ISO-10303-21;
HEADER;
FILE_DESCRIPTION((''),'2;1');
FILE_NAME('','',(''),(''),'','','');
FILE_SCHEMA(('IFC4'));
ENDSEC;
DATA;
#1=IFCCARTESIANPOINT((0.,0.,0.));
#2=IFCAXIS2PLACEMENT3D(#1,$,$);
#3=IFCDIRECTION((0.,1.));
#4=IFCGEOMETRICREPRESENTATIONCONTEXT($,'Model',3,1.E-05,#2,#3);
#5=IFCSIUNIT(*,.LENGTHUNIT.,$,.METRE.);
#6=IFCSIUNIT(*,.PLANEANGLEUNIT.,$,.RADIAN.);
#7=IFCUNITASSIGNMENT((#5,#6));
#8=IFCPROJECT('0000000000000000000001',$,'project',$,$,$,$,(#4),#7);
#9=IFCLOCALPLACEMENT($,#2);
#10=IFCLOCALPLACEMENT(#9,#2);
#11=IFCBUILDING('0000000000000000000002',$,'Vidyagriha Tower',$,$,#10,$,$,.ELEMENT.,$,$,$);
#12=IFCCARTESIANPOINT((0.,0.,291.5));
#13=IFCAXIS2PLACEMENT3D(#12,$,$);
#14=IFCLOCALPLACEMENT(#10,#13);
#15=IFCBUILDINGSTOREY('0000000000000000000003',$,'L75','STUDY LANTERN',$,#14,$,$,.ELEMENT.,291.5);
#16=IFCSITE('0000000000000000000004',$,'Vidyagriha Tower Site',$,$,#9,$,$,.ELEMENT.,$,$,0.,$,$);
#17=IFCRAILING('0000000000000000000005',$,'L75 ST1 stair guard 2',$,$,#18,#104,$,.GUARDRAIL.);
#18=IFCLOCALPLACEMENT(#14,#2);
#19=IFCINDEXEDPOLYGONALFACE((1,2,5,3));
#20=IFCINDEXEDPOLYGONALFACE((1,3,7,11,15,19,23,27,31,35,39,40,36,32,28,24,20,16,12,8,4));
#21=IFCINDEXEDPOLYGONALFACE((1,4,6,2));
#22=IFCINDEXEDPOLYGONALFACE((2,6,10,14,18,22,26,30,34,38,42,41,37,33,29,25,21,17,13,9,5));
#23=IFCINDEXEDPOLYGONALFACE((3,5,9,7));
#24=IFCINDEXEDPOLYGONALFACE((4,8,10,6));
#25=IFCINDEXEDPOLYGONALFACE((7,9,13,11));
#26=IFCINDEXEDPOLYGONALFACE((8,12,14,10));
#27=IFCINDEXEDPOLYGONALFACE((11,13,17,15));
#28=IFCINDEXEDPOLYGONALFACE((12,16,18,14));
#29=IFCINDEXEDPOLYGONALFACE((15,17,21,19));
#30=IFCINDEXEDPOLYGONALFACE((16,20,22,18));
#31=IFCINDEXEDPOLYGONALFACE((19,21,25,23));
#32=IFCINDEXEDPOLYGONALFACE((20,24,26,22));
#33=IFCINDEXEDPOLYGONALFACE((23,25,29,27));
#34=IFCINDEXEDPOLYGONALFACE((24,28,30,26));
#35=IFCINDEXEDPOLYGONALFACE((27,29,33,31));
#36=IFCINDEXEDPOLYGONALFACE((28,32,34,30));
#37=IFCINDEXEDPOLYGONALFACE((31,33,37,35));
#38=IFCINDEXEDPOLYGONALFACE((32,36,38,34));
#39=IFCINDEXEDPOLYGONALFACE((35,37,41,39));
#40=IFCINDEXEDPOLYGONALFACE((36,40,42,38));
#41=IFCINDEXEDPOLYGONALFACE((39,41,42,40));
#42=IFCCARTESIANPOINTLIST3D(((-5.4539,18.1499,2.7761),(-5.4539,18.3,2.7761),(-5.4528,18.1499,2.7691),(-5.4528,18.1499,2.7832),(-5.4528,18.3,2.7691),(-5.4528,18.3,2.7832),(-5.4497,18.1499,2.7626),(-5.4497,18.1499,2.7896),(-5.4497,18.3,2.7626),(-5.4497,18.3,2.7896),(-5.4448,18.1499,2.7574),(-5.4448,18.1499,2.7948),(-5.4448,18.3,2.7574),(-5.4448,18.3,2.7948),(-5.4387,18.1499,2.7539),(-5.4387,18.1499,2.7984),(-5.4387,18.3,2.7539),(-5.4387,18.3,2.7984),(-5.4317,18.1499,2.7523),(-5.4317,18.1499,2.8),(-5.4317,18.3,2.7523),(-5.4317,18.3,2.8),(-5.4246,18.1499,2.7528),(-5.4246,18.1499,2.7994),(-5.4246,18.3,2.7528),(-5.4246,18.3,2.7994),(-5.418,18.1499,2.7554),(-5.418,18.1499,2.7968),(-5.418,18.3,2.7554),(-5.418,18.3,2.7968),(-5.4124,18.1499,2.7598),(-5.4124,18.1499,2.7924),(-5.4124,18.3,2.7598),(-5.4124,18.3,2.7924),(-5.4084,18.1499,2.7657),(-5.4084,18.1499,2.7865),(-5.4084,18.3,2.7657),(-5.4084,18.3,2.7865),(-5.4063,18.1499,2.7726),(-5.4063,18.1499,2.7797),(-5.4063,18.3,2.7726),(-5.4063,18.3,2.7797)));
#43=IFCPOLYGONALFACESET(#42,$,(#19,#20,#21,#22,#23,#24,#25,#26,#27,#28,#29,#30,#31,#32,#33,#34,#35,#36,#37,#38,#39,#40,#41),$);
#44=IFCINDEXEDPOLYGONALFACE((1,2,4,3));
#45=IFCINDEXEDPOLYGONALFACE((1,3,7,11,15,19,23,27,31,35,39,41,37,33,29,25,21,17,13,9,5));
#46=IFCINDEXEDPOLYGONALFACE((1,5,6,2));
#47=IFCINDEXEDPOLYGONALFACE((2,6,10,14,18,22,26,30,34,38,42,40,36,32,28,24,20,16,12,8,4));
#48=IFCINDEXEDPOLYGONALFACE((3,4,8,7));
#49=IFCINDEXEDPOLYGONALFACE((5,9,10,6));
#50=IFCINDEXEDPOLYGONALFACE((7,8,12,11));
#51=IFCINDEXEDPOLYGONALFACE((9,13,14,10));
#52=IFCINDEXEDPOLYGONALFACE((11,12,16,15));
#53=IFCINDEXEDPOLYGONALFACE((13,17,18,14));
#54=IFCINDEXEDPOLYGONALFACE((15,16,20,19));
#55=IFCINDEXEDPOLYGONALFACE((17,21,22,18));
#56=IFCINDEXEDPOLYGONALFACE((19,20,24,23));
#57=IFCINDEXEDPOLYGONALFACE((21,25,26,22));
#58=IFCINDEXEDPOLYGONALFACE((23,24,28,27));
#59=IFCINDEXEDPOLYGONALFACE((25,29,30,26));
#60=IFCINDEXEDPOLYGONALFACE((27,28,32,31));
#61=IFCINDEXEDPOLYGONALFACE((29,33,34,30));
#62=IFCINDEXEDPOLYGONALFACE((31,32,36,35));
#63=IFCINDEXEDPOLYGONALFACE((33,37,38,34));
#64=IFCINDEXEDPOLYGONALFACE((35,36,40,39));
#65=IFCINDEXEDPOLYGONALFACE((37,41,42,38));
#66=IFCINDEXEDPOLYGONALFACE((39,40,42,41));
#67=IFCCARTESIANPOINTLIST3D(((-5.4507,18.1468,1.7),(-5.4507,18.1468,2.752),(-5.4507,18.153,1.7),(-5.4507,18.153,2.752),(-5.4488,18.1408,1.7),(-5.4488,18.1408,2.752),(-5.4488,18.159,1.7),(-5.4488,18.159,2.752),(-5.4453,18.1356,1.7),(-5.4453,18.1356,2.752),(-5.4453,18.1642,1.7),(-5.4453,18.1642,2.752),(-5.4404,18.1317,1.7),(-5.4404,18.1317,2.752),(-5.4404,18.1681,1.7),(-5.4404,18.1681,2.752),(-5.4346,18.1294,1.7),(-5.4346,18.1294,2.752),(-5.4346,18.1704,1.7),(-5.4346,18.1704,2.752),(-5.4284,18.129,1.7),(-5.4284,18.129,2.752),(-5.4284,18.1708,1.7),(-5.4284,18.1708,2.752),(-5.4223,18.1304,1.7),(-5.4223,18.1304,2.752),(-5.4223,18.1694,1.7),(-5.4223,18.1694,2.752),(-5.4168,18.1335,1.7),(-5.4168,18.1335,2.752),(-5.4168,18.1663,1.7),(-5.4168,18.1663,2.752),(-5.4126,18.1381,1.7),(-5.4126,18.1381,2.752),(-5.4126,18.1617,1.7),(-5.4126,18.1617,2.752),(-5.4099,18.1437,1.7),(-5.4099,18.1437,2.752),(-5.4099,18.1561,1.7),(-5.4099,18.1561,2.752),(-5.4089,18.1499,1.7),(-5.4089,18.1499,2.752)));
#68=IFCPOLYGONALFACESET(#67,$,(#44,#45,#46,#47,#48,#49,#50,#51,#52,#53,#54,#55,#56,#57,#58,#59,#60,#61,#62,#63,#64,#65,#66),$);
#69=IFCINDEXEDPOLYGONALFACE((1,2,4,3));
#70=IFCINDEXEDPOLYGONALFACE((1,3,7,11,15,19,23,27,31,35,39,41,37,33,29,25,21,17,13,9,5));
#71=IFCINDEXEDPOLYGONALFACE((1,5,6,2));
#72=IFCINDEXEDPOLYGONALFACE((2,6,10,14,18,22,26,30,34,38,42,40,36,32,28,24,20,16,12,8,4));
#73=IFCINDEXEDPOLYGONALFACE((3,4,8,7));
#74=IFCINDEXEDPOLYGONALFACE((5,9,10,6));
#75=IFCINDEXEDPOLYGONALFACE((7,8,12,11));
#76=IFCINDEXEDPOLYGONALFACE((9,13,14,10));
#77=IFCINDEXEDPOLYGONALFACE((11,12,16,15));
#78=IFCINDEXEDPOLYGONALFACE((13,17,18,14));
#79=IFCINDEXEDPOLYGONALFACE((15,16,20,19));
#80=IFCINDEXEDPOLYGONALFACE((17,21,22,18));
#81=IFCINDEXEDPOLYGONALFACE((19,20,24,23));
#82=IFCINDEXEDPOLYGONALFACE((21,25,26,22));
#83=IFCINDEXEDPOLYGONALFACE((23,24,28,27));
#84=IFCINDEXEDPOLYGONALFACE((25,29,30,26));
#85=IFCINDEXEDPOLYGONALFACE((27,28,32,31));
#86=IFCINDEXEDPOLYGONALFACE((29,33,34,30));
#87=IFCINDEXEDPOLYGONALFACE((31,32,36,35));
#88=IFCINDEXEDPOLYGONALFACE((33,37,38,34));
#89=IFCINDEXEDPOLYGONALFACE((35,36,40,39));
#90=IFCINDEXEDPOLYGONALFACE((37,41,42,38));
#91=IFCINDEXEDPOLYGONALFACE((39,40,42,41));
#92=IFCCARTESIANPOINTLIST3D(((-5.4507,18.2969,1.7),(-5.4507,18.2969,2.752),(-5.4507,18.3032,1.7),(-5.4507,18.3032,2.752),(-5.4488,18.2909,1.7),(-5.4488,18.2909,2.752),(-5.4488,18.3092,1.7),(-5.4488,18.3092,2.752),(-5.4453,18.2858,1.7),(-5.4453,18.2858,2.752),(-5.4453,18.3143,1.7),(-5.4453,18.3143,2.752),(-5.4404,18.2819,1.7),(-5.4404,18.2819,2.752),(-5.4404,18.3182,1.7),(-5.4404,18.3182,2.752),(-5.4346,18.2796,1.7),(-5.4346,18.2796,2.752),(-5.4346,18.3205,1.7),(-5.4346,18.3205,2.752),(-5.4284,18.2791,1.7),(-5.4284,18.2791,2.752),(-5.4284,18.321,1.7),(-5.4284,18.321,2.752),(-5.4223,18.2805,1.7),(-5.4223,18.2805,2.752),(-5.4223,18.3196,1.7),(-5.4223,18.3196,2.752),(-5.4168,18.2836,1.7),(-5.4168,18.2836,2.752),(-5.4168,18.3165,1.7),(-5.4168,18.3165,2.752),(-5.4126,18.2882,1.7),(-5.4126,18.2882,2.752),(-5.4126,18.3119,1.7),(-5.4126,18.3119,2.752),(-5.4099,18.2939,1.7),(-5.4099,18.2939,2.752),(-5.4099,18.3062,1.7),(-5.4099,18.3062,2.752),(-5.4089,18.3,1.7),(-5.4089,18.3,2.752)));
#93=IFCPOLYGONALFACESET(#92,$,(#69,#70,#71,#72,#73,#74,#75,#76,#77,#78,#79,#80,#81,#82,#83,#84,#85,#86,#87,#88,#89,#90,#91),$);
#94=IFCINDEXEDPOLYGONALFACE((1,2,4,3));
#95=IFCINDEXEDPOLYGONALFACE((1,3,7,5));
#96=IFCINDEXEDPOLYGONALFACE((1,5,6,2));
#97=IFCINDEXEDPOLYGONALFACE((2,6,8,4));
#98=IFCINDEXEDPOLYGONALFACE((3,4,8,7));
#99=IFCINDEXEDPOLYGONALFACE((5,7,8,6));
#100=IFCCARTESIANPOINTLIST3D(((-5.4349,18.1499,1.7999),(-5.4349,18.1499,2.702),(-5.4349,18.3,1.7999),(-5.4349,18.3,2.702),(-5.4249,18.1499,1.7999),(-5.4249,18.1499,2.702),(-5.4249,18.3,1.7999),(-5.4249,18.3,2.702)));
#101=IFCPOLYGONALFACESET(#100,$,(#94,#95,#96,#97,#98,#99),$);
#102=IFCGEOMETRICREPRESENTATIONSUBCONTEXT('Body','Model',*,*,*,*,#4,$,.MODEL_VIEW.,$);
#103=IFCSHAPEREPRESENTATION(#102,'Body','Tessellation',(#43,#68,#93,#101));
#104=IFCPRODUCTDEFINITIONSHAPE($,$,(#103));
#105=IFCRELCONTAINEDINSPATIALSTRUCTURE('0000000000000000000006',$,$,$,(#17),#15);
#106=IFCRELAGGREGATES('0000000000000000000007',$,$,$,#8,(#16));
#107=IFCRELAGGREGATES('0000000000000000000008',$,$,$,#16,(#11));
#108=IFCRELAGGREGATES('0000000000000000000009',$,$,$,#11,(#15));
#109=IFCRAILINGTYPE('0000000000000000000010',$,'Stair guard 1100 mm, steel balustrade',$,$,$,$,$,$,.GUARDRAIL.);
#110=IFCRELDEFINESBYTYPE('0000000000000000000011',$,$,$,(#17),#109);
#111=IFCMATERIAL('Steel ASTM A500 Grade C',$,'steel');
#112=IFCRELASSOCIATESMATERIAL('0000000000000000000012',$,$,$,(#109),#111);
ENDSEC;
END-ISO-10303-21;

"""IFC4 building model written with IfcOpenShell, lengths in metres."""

from ifc_helpers import new_model, si_unit, direction, frame, origin, origin_2d, place, context, subcontext, project, spatial, rectangle, circle, extrude, material, type_object, element, save


model = new_model("IFC4")

# Units and contexts
model_context = context("Model", 3, precision=1e-05, world=origin(), true_north=direction((0.0, 1.0)))
body_context = subcontext(model_context, "Body", "Model", "MODEL_VIEW")
ifc_project = project(units=[si_unit("LENGTHUNIT", "METRE"), si_unit("PLANEANGLEUNIT", "RADIAN")], contexts=[model_context])

# Site, building, storey
site_placement = place(None, origin())
site = spatial("IfcSite", under=ifc_project, at=site_placement, Name="Vidyagriha Tower Site", CompositionType="ELEMENT", RefElevation=0.0)
building_placement = place(site_placement, origin())
building = spatial("IfcBuilding", under=site, at=building_placement, Name="Vidyagriha Tower", CompositionType="ELEMENT")
storey_placement = place(building_placement, frame((0.0, 0.0, 291.5)))
storey = spatial("IfcBuildingStorey", under=building, at=storey_placement, Name="L75", Description="STUDY LANTERN", CompositionType="ELEMENT", Elevation=291.5)

# Railing
ifc_material_1 = material(Name="Steel ASTM A500 Grade C", Category="steel")
railing_type_1 = type_object("IfcRailingType", Name="Stair guard 1100 mm, steel balustrade", PredefinedType="GUARDRAIL", material=ifc_material_1)
railing_1_placement = place(storey_placement, frame((-5.4299, 18.1499, 1.7)))
element("IfcRailing", 1, at=railing_1_placement, inside=storey, type_object=railing_type_1, Name="L75 ST1 stair guard 2", PredefinedType="GUARDRAIL", context=body_context, shape_type="SweptSolid", body=[
    extrude(circle(Radius=0.0239, at=origin_2d()), frame((0.0, 0.0, 1.0762), z_axis=(0.0, 1.0, 0.0), x_axis=(-1.0, 0.0, 0.0)), (0.0, 0.0, 1.0), 0.1501),
    extrude(circle(Radius=0.021, at=origin_2d()), origin(), (0.0, 0.0, 1.0), 1.052),
    extrude(circle(Radius=0.021, at=origin_2d()), frame((0.0, 0.1501, 0.0)), (0.0, 0.0, 1.0), 1.052),
    extrude(rectangle(XDim=0.01, YDim=0.9021, at=origin_2d()), frame((0.0, 0.0, 0.551), z_axis=(0.0, 1.0, 0.0), x_axis=(-1.0, 0.0, 0.0)), (0.0, 0.0, 1.0), 0.1501),
])

save(model, "model.ifc")
